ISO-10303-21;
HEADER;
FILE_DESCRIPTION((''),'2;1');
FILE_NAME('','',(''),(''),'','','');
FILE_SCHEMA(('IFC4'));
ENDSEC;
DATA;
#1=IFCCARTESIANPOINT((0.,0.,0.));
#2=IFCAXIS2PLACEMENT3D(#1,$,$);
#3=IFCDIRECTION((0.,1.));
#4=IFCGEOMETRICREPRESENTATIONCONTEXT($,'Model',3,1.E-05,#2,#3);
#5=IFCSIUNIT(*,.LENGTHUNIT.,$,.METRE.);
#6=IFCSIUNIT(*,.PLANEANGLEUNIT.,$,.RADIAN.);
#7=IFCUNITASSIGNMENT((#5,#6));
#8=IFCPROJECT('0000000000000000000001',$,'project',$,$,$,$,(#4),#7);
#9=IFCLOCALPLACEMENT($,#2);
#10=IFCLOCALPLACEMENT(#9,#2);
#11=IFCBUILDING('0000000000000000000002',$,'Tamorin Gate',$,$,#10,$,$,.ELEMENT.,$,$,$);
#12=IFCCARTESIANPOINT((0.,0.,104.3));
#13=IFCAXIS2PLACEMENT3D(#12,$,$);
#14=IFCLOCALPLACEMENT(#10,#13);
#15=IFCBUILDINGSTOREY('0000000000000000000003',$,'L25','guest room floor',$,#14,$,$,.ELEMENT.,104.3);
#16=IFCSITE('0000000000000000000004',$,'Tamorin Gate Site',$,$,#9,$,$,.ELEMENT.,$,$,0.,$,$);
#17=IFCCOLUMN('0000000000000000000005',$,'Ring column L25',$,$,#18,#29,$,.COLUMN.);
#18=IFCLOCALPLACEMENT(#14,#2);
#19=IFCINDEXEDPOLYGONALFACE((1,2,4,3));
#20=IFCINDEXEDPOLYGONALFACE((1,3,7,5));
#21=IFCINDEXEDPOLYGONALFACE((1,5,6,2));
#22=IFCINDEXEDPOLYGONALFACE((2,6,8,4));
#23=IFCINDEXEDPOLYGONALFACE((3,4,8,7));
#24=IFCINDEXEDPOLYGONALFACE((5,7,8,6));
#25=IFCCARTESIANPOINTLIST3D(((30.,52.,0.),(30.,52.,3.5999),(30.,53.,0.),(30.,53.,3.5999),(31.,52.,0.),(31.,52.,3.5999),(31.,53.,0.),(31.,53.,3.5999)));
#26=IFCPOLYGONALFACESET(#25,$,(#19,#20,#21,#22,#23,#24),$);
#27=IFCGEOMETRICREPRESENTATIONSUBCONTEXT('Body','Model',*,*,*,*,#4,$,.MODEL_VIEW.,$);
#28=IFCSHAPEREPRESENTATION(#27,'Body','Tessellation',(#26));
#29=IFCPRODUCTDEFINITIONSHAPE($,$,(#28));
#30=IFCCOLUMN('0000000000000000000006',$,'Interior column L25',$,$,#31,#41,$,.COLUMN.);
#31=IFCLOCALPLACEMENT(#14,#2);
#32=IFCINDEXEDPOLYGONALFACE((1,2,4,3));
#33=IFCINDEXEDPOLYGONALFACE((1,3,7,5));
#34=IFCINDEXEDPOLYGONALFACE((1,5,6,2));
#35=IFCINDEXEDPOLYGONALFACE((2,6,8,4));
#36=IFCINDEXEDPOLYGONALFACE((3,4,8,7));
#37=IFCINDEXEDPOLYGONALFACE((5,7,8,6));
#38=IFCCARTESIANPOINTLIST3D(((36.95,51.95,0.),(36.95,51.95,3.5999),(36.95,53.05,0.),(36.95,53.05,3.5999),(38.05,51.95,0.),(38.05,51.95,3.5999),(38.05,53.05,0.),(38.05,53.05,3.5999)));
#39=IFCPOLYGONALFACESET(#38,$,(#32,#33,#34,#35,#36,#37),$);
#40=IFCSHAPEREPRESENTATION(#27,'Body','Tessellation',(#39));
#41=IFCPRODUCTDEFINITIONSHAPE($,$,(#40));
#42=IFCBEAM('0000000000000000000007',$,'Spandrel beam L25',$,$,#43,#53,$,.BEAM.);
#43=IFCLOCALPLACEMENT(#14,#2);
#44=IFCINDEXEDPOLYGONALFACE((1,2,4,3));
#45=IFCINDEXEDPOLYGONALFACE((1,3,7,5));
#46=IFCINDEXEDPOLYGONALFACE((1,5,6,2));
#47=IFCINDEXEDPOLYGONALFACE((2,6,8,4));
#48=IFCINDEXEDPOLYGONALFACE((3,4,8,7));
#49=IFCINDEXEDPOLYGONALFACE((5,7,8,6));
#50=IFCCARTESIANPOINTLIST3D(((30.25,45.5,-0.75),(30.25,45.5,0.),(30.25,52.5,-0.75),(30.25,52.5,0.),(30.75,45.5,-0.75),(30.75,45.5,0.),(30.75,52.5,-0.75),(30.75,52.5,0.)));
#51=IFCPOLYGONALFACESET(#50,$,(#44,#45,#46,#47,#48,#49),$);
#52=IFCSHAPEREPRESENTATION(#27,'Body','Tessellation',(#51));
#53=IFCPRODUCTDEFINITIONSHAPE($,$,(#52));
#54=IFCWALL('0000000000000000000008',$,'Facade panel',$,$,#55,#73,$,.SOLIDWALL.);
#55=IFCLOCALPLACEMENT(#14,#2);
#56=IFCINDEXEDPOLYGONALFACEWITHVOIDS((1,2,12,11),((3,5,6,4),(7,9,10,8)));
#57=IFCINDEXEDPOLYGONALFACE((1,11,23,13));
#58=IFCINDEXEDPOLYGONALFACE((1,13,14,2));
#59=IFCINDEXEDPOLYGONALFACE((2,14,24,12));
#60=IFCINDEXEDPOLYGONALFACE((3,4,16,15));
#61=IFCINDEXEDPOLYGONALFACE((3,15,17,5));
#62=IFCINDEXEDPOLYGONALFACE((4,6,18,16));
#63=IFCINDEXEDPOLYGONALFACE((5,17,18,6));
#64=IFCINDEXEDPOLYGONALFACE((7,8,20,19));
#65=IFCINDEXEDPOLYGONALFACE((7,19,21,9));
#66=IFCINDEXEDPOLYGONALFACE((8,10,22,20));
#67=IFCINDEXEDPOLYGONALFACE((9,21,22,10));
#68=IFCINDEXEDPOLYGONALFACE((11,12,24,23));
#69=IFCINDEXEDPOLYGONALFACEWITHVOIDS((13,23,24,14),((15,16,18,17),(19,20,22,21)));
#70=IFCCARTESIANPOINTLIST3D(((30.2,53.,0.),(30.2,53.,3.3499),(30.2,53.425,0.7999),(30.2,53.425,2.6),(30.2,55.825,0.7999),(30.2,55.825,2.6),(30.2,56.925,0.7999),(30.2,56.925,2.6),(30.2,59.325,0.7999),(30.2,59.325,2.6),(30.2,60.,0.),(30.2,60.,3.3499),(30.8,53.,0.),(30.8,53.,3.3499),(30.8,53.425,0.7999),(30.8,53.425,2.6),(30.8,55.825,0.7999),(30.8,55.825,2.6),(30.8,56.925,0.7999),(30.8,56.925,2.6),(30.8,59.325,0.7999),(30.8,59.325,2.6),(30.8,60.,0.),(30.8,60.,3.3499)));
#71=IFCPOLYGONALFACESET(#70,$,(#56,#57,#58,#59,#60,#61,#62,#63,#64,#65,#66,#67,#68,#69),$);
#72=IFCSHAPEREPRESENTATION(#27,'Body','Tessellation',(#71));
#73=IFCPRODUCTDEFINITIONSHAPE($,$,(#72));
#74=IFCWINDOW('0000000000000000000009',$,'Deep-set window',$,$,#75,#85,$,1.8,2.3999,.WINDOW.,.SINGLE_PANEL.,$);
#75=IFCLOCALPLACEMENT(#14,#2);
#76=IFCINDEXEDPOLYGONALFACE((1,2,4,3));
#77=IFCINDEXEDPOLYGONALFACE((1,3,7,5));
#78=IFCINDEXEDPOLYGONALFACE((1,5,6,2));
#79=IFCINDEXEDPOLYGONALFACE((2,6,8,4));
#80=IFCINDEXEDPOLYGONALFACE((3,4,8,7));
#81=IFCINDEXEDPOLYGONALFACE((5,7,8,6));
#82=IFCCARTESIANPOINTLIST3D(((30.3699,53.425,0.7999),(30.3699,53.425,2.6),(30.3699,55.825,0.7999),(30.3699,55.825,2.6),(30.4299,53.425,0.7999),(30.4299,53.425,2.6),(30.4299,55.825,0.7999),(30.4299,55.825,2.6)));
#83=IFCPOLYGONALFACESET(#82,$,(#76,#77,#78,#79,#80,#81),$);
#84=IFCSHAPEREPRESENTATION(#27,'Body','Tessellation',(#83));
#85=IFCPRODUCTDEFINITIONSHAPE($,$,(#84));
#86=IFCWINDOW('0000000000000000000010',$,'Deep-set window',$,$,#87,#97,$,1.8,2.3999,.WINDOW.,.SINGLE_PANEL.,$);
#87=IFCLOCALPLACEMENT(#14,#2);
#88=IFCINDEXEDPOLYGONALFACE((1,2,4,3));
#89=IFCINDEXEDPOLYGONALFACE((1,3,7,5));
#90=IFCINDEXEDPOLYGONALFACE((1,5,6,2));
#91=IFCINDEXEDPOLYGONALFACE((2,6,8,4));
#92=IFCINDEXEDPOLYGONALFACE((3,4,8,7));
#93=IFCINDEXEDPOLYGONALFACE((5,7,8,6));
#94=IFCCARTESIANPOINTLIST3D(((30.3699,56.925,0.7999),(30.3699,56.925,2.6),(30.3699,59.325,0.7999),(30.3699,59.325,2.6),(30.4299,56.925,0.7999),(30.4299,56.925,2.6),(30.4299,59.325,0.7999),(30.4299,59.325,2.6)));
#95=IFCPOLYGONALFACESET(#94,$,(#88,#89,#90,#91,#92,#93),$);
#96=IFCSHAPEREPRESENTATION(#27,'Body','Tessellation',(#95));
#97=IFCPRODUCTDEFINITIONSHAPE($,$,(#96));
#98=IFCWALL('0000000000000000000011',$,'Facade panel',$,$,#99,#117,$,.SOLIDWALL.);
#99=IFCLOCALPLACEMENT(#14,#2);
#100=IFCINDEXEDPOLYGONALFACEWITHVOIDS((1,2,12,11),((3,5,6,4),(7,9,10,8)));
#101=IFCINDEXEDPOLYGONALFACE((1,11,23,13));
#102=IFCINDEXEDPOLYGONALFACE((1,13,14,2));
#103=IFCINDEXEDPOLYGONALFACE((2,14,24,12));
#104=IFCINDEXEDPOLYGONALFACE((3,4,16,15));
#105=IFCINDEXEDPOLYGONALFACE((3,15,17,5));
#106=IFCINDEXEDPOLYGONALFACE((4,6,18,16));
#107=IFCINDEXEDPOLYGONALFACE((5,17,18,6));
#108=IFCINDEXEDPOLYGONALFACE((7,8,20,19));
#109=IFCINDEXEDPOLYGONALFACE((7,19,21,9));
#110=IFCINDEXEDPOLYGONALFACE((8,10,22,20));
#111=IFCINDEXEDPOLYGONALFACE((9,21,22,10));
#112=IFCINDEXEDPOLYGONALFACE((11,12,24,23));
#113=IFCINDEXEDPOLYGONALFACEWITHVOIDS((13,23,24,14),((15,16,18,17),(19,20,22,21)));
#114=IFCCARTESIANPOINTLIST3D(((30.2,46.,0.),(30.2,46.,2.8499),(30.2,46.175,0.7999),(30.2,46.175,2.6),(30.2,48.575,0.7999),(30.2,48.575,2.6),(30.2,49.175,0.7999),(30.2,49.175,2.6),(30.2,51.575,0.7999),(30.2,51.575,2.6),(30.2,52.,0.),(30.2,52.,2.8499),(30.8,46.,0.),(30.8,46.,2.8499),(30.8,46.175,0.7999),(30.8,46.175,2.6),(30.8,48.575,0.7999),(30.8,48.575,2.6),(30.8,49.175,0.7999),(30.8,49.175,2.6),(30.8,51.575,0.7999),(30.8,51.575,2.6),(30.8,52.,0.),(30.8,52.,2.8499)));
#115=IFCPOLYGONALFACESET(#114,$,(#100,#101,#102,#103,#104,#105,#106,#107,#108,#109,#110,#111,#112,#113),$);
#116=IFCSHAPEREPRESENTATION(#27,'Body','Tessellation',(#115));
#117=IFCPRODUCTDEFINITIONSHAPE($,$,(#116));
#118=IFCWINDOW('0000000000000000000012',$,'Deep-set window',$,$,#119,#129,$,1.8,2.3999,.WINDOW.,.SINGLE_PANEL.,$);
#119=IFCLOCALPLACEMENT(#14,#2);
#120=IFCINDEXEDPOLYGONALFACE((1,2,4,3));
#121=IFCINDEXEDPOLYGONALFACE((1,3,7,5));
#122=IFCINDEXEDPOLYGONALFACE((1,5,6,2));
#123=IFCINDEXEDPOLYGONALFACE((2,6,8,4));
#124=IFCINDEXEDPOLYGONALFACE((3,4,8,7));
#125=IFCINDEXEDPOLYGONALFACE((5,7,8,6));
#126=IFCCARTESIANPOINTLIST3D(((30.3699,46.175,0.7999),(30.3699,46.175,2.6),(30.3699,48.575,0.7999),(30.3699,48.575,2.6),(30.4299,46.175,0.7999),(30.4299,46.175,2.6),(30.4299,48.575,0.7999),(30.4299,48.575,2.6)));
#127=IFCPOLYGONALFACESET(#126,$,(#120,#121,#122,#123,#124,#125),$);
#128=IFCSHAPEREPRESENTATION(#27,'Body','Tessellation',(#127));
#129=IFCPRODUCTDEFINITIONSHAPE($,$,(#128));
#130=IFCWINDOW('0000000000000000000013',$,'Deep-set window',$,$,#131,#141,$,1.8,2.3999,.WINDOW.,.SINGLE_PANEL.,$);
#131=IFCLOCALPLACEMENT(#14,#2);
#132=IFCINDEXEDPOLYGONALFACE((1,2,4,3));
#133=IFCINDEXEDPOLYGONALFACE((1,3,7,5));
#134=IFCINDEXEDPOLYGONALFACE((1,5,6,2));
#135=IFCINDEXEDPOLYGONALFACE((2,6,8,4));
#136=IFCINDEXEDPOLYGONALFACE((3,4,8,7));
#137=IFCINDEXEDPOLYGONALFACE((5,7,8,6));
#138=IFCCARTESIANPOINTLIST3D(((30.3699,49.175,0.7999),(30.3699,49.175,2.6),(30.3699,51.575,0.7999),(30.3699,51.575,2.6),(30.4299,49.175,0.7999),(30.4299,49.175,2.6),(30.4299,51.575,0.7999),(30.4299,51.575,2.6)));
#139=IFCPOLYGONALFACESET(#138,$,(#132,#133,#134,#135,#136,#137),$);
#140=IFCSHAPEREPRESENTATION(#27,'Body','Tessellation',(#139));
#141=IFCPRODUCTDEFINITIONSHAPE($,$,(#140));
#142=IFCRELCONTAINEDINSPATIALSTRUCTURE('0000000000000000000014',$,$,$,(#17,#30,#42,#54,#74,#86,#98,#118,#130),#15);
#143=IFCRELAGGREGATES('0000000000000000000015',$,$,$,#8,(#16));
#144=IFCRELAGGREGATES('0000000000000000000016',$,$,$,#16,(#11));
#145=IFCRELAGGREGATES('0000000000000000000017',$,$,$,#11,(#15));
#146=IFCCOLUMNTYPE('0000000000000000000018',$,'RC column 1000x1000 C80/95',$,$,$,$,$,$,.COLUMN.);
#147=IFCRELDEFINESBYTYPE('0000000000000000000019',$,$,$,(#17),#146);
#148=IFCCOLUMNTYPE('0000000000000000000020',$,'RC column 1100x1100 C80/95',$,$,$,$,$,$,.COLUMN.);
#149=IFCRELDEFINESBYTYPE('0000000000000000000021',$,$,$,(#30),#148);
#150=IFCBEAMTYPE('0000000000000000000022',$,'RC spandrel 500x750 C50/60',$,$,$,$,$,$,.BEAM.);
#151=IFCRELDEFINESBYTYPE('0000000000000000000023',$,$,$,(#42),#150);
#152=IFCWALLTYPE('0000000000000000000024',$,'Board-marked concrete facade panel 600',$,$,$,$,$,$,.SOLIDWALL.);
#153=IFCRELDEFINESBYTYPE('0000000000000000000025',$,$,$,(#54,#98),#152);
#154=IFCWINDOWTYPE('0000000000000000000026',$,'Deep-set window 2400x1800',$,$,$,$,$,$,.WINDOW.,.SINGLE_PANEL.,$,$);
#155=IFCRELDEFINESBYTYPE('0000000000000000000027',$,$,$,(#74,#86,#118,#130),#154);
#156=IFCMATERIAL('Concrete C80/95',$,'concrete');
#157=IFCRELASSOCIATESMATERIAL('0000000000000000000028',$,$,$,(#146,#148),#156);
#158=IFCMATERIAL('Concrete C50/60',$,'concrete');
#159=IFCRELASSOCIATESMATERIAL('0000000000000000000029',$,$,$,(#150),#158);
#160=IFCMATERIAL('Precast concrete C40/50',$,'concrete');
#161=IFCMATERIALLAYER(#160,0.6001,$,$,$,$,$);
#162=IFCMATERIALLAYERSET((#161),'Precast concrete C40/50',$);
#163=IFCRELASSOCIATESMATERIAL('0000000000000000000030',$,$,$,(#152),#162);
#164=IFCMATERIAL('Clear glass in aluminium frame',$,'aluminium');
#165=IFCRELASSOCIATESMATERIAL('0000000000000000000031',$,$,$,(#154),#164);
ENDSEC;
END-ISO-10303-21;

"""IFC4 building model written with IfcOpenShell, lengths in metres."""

from ifc_helpers import new_model, si_unit, direction, frame, frame_2d, origin, origin_2d, place, context, subcontext, project, spatial, rectangle, extrude, material, layer, layer_set, material_profile, profile_set, type_object, element, fill, save


model = new_model("IFC4")

# Units and contexts
model_context = context("Model", 3, precision=1e-05, world=origin(), true_north=direction((0.0, 1.0)))
body_context = subcontext(model_context, "Body", "Model", "MODEL_VIEW")
ifc_project = project(units=[si_unit("LENGTHUNIT", "METRE"), si_unit("PLANEANGLEUNIT", "RADIAN")], contexts=[model_context])

# Site, building, storey
site_placement = place(None, origin())
site = spatial("IfcSite", under=ifc_project, at=site_placement, Name="Tamorin Gate Site", CompositionType="ELEMENT", RefElevation=0.0)
building_placement = place(site_placement, origin())
building = spatial("IfcBuilding", under=site, at=building_placement, Name="Tamorin Gate", CompositionType="ELEMENT")
storey_placement = place(building_placement, frame((0.0, 0.0, 104.3)))
storey = spatial("IfcBuildingStorey", under=building, at=storey_placement, Name="L25", Description="guest room floor", CompositionType="ELEMENT", Elevation=104.3)

# Columns
ifc_material_1 = material(Name="Concrete C80/95", Category="concrete")
ifc_material_profile_1 = material_profile(ifc_material_1, rectangle(XDim=1.0, YDim=1.0, at=origin_2d()), Name="RC 1000x1000")
ifc_profile_set_1 = profile_set([ifc_material_profile_1], Name="Concrete C80/95")
column_type_1 = type_object("IfcColumnType", Name="RC column 1000x1000 C80/95", PredefinedType="COLUMN", material=ifc_profile_set_1)
column_1_placement = place(storey_placement, frame((30.5, 52.5, 0.0), z_axis=(0.0, 0.0, 1.0), x_axis=(1.0, 0.0, 0.0)))
element("IfcColumn", 1, at=column_1_placement, inside=storey, type_object=column_type_1, Name="Ring column L25", PredefinedType="COLUMN", context=body_context, shape_type="SweptSolid", body=[
    extrude(rectangle(XDim=1.0, YDim=1.0, at=origin_2d()), origin(), (0.0, 0.0, 1.0), 3.5999),
])
ifc_material_profile_2 = material_profile(ifc_material_1, rectangle(XDim=1.1001, YDim=1.1001, at=origin_2d()), Name="RC 1100x1100")
ifc_profile_set_2 = profile_set([ifc_material_profile_2], Name="Concrete C80/95")
column_type_2 = type_object("IfcColumnType", Name="RC column 1100x1100 C80/95", PredefinedType="COLUMN", material=ifc_profile_set_2)
column_2_placement = place(storey_placement, frame((37.5, 52.5, 0.0), z_axis=(0.0, 0.0, 1.0), x_axis=(1.0, 0.0, 0.0)))
element("IfcColumn", 2, at=column_2_placement, inside=storey, type_object=column_type_2, Name="Interior column L25", PredefinedType="COLUMN", context=body_context, shape_type="SweptSolid", body=[
    extrude(rectangle(XDim=1.1001, YDim=1.1001, at=origin_2d()), origin(), (0.0, 0.0, 1.0), 3.5999),
])

# Beam
ifc_material_2 = material(Name="Concrete C50/60", Category="concrete")
ifc_material_profile_3 = material_profile(ifc_material_2, rectangle(XDim=0.5, YDim=0.75, at=origin_2d()), Name="RC 500x750")
ifc_profile_set_3 = profile_set([ifc_material_profile_3], Name="Concrete C50/60")
beam_type = type_object("IfcBeamType", Name="RC spandrel 500x750 C50/60", PredefinedType="BEAM", material=ifc_profile_set_3)
beam_placement = place(storey_placement, frame((30.5, 52.5, -0.375), z_axis=(0.0, -1.0, 0.0), x_axis=(1.0, 0.0, 0.0)))
element("IfcBeam", 3, at=beam_placement, inside=storey, type_object=beam_type, Name="Spandrel beam L25", PredefinedType="BEAM", context=body_context, shape_type="SweptSolid", body=[
    extrude(rectangle(XDim=0.5, YDim=0.75, at=origin_2d()), origin(), (0.0, 0.0, 1.0), 7.0),
])

# Walls, openings, windows
ifc_material_3 = material(Name="Precast concrete C40/50", Category="concrete")
ifc_layer_1 = layer(ifc_material_3, 0.6001)
ifc_layer_set_1 = layer_set([ifc_layer_1], Name="Precast concrete C40/50")
wall_type_1 = type_object("IfcWallType", Name="Board-marked concrete facade panel 600", PredefinedType="SOLIDWALL", material=ifc_layer_set_1)
wall_1_placement = place(storey_placement, frame((30.5, 60.0, 0.0), z_axis=(0.0, 0.0, 1.0), x_axis=(0.0, -1.0, 0.0)))
wall_1 = element("IfcWall", 4, at=wall_1_placement, inside=storey, type_object=wall_type_1, Name="Facade panel", PredefinedType="SOLIDWALL", context=body_context, shape_type="SweptSolid", body=[
    extrude(rectangle(XDim=7.0, YDim=0.6001, at=frame_2d((3.5, 0.0))), origin(), (0.0, 0.0, 1.0), 3.3499),
])
opening_1_placement = place(wall_1_placement, frame((4.175, 0.0, 0.8)))
opening_1 = element("IfcOpeningElement", 5, at=opening_1_placement, cuts=wall_1, PredefinedType="OPENING", context=body_context, shape_type="SweptSolid", body=[
    extrude(rectangle(XDim=2.3999, YDim=1.8, at=frame_2d((1.2, 0.8999))), frame((0.0, 0.3101, 0.0), z_axis=(0.0, -1.0, 0.0), x_axis=(1.0, 0.0, 0.0)), (0.0, 0.0, 1.0), 0.6201),
])
opening_2_placement = place(wall_1_placement, frame((0.675, 0.0, 0.8)))
opening_2 = element("IfcOpeningElement", 6, at=opening_2_placement, cuts=wall_1, PredefinedType="OPENING", context=body_context, shape_type="SweptSolid", body=[
    extrude(rectangle(XDim=2.3999, YDim=1.8, at=frame_2d((1.2, 0.8999))), frame((0.0, 0.3101, 0.0), z_axis=(0.0, -1.0, 0.0), x_axis=(1.0, 0.0, 0.0)), (0.0, 0.0, 1.0), 0.6201),
])
ifc_material_4 = material(Name="Clear glass in aluminium frame", Category="aluminium")
window_type = type_object("IfcWindowType", Name="Deep-set window 2400x1800", PartitioningType="SINGLE_PANEL", PredefinedType="WINDOW", material=ifc_material_4)
window_1_placement = place(opening_1_placement, origin())
window_1 = element("IfcWindow", 7, at=window_1_placement, inside=storey, type_object=window_type, Name="Deep-set window", OverallHeight=1.8, OverallWidth=2.3999, PartitioningType="SINGLE_PANEL", PredefinedType="WINDOW", context=body_context, shape_type="SweptSolid", body=[
    extrude(rectangle(XDim=2.3999, YDim=1.8, at=frame_2d((1.2, 0.8999))), frame((0.0, -0.0701, 0.0), z_axis=(0.0, -1.0, 0.0), x_axis=(1.0, 0.0, 0.0)), (0.0, 0.0, 1.0), 0.0601),
])
fill(opening_1, window_1)
window_2_placement = place(opening_2_placement, origin())
window_2 = element("IfcWindow", 8, at=window_2_placement, inside=storey, type_object=window_type, Name="Deep-set window", OverallHeight=1.8, OverallWidth=2.3999, PartitioningType="SINGLE_PANEL", PredefinedType="WINDOW", context=body_context, shape_type="SweptSolid", body=[
    extrude(rectangle(XDim=2.3999, YDim=1.8, at=frame_2d((1.2, 0.8999))), frame((0.0, -0.0701, 0.0), z_axis=(0.0, -1.0, 0.0), x_axis=(1.0, 0.0, 0.0)), (0.0, 0.0, 1.0), 0.0601),
])
fill(opening_2, window_2)
wall_2_placement = place(storey_placement, frame((30.5, 52.0, 0.0), z_axis=(0.0, 0.0, 1.0), x_axis=(0.0, -1.0, 0.0)))
wall_2 = element("IfcWall", 9, at=wall_2_placement, inside=storey, type_object=wall_type_1, Name="Facade panel", PredefinedType="SOLIDWALL", context=body_context, shape_type="SweptSolid", body=[
    extrude(rectangle(XDim=6.0, YDim=0.6001, at=frame_2d((3.0, 0.0))), origin(), (0.0, 0.0, 1.0), 2.8499),
])
opening_3_placement = place(wall_2_placement, frame((3.425, 0.0, 0.8)))
opening_3 = element("IfcOpeningElement", 10, at=opening_3_placement, cuts=wall_2, PredefinedType="OPENING", context=body_context, shape_type="SweptSolid", body=[
    extrude(rectangle(XDim=2.3999, YDim=1.8, at=frame_2d((1.2, 0.8999))), frame((0.0, 0.3101, 0.0), z_axis=(0.0, -1.0, 0.0), x_axis=(1.0, 0.0, 0.0)), (0.0, 0.0, 1.0), 0.6201),
])
opening_4_placement = place(wall_2_placement, frame((0.425, 0.0, 0.8)))
opening_4 = element("IfcOpeningElement", 11, at=opening_4_placement, cuts=wall_2, PredefinedType="OPENING", context=body_context, shape_type="SweptSolid", body=[
    extrude(rectangle(XDim=2.3999, YDim=1.8, at=frame_2d((1.2, 0.8999))), frame((0.0, 0.3101, 0.0), z_axis=(0.0, -1.0, 0.0), x_axis=(1.0, 0.0, 0.0)), (0.0, 0.0, 1.0), 0.6201),
])
window_3_placement = place(opening_3_placement, origin())
window_3 = element("IfcWindow", 12, at=window_3_placement, inside=storey, type_object=window_type, Name="Deep-set window", OverallHeight=1.8, OverallWidth=2.3999, PartitioningType="SINGLE_PANEL", PredefinedType="WINDOW", context=body_context, shape_type="SweptSolid", body=[
    extrude(rectangle(XDim=2.3999, YDim=1.8, at=frame_2d((1.2, 0.8999))), frame((0.0, -0.0701, 0.0), z_axis=(0.0, -1.0, 0.0), x_axis=(1.0, 0.0, 0.0)), (0.0, 0.0, 1.0), 0.0601),
])
fill(opening_3, window_3)
window_4_placement = place(opening_4_placement, origin())
window_4 = element("IfcWindow", 13, at=window_4_placement, inside=storey, type_object=window_type, Name="Deep-set window", OverallHeight=1.8, OverallWidth=2.3999, PartitioningType="SINGLE_PANEL", PredefinedType="WINDOW", context=body_context, shape_type="SweptSolid", body=[
    extrude(rectangle(XDim=2.3999, YDim=1.8, at=frame_2d((1.2, 0.8999))), frame((0.0, -0.0701, 0.0), z_axis=(0.0, -1.0, 0.0), x_axis=(1.0, 0.0, 0.0)), (0.0, 0.0, 1.0), 0.0601),
])
fill(opening_4, window_4)

save(model, "model.ifc")
